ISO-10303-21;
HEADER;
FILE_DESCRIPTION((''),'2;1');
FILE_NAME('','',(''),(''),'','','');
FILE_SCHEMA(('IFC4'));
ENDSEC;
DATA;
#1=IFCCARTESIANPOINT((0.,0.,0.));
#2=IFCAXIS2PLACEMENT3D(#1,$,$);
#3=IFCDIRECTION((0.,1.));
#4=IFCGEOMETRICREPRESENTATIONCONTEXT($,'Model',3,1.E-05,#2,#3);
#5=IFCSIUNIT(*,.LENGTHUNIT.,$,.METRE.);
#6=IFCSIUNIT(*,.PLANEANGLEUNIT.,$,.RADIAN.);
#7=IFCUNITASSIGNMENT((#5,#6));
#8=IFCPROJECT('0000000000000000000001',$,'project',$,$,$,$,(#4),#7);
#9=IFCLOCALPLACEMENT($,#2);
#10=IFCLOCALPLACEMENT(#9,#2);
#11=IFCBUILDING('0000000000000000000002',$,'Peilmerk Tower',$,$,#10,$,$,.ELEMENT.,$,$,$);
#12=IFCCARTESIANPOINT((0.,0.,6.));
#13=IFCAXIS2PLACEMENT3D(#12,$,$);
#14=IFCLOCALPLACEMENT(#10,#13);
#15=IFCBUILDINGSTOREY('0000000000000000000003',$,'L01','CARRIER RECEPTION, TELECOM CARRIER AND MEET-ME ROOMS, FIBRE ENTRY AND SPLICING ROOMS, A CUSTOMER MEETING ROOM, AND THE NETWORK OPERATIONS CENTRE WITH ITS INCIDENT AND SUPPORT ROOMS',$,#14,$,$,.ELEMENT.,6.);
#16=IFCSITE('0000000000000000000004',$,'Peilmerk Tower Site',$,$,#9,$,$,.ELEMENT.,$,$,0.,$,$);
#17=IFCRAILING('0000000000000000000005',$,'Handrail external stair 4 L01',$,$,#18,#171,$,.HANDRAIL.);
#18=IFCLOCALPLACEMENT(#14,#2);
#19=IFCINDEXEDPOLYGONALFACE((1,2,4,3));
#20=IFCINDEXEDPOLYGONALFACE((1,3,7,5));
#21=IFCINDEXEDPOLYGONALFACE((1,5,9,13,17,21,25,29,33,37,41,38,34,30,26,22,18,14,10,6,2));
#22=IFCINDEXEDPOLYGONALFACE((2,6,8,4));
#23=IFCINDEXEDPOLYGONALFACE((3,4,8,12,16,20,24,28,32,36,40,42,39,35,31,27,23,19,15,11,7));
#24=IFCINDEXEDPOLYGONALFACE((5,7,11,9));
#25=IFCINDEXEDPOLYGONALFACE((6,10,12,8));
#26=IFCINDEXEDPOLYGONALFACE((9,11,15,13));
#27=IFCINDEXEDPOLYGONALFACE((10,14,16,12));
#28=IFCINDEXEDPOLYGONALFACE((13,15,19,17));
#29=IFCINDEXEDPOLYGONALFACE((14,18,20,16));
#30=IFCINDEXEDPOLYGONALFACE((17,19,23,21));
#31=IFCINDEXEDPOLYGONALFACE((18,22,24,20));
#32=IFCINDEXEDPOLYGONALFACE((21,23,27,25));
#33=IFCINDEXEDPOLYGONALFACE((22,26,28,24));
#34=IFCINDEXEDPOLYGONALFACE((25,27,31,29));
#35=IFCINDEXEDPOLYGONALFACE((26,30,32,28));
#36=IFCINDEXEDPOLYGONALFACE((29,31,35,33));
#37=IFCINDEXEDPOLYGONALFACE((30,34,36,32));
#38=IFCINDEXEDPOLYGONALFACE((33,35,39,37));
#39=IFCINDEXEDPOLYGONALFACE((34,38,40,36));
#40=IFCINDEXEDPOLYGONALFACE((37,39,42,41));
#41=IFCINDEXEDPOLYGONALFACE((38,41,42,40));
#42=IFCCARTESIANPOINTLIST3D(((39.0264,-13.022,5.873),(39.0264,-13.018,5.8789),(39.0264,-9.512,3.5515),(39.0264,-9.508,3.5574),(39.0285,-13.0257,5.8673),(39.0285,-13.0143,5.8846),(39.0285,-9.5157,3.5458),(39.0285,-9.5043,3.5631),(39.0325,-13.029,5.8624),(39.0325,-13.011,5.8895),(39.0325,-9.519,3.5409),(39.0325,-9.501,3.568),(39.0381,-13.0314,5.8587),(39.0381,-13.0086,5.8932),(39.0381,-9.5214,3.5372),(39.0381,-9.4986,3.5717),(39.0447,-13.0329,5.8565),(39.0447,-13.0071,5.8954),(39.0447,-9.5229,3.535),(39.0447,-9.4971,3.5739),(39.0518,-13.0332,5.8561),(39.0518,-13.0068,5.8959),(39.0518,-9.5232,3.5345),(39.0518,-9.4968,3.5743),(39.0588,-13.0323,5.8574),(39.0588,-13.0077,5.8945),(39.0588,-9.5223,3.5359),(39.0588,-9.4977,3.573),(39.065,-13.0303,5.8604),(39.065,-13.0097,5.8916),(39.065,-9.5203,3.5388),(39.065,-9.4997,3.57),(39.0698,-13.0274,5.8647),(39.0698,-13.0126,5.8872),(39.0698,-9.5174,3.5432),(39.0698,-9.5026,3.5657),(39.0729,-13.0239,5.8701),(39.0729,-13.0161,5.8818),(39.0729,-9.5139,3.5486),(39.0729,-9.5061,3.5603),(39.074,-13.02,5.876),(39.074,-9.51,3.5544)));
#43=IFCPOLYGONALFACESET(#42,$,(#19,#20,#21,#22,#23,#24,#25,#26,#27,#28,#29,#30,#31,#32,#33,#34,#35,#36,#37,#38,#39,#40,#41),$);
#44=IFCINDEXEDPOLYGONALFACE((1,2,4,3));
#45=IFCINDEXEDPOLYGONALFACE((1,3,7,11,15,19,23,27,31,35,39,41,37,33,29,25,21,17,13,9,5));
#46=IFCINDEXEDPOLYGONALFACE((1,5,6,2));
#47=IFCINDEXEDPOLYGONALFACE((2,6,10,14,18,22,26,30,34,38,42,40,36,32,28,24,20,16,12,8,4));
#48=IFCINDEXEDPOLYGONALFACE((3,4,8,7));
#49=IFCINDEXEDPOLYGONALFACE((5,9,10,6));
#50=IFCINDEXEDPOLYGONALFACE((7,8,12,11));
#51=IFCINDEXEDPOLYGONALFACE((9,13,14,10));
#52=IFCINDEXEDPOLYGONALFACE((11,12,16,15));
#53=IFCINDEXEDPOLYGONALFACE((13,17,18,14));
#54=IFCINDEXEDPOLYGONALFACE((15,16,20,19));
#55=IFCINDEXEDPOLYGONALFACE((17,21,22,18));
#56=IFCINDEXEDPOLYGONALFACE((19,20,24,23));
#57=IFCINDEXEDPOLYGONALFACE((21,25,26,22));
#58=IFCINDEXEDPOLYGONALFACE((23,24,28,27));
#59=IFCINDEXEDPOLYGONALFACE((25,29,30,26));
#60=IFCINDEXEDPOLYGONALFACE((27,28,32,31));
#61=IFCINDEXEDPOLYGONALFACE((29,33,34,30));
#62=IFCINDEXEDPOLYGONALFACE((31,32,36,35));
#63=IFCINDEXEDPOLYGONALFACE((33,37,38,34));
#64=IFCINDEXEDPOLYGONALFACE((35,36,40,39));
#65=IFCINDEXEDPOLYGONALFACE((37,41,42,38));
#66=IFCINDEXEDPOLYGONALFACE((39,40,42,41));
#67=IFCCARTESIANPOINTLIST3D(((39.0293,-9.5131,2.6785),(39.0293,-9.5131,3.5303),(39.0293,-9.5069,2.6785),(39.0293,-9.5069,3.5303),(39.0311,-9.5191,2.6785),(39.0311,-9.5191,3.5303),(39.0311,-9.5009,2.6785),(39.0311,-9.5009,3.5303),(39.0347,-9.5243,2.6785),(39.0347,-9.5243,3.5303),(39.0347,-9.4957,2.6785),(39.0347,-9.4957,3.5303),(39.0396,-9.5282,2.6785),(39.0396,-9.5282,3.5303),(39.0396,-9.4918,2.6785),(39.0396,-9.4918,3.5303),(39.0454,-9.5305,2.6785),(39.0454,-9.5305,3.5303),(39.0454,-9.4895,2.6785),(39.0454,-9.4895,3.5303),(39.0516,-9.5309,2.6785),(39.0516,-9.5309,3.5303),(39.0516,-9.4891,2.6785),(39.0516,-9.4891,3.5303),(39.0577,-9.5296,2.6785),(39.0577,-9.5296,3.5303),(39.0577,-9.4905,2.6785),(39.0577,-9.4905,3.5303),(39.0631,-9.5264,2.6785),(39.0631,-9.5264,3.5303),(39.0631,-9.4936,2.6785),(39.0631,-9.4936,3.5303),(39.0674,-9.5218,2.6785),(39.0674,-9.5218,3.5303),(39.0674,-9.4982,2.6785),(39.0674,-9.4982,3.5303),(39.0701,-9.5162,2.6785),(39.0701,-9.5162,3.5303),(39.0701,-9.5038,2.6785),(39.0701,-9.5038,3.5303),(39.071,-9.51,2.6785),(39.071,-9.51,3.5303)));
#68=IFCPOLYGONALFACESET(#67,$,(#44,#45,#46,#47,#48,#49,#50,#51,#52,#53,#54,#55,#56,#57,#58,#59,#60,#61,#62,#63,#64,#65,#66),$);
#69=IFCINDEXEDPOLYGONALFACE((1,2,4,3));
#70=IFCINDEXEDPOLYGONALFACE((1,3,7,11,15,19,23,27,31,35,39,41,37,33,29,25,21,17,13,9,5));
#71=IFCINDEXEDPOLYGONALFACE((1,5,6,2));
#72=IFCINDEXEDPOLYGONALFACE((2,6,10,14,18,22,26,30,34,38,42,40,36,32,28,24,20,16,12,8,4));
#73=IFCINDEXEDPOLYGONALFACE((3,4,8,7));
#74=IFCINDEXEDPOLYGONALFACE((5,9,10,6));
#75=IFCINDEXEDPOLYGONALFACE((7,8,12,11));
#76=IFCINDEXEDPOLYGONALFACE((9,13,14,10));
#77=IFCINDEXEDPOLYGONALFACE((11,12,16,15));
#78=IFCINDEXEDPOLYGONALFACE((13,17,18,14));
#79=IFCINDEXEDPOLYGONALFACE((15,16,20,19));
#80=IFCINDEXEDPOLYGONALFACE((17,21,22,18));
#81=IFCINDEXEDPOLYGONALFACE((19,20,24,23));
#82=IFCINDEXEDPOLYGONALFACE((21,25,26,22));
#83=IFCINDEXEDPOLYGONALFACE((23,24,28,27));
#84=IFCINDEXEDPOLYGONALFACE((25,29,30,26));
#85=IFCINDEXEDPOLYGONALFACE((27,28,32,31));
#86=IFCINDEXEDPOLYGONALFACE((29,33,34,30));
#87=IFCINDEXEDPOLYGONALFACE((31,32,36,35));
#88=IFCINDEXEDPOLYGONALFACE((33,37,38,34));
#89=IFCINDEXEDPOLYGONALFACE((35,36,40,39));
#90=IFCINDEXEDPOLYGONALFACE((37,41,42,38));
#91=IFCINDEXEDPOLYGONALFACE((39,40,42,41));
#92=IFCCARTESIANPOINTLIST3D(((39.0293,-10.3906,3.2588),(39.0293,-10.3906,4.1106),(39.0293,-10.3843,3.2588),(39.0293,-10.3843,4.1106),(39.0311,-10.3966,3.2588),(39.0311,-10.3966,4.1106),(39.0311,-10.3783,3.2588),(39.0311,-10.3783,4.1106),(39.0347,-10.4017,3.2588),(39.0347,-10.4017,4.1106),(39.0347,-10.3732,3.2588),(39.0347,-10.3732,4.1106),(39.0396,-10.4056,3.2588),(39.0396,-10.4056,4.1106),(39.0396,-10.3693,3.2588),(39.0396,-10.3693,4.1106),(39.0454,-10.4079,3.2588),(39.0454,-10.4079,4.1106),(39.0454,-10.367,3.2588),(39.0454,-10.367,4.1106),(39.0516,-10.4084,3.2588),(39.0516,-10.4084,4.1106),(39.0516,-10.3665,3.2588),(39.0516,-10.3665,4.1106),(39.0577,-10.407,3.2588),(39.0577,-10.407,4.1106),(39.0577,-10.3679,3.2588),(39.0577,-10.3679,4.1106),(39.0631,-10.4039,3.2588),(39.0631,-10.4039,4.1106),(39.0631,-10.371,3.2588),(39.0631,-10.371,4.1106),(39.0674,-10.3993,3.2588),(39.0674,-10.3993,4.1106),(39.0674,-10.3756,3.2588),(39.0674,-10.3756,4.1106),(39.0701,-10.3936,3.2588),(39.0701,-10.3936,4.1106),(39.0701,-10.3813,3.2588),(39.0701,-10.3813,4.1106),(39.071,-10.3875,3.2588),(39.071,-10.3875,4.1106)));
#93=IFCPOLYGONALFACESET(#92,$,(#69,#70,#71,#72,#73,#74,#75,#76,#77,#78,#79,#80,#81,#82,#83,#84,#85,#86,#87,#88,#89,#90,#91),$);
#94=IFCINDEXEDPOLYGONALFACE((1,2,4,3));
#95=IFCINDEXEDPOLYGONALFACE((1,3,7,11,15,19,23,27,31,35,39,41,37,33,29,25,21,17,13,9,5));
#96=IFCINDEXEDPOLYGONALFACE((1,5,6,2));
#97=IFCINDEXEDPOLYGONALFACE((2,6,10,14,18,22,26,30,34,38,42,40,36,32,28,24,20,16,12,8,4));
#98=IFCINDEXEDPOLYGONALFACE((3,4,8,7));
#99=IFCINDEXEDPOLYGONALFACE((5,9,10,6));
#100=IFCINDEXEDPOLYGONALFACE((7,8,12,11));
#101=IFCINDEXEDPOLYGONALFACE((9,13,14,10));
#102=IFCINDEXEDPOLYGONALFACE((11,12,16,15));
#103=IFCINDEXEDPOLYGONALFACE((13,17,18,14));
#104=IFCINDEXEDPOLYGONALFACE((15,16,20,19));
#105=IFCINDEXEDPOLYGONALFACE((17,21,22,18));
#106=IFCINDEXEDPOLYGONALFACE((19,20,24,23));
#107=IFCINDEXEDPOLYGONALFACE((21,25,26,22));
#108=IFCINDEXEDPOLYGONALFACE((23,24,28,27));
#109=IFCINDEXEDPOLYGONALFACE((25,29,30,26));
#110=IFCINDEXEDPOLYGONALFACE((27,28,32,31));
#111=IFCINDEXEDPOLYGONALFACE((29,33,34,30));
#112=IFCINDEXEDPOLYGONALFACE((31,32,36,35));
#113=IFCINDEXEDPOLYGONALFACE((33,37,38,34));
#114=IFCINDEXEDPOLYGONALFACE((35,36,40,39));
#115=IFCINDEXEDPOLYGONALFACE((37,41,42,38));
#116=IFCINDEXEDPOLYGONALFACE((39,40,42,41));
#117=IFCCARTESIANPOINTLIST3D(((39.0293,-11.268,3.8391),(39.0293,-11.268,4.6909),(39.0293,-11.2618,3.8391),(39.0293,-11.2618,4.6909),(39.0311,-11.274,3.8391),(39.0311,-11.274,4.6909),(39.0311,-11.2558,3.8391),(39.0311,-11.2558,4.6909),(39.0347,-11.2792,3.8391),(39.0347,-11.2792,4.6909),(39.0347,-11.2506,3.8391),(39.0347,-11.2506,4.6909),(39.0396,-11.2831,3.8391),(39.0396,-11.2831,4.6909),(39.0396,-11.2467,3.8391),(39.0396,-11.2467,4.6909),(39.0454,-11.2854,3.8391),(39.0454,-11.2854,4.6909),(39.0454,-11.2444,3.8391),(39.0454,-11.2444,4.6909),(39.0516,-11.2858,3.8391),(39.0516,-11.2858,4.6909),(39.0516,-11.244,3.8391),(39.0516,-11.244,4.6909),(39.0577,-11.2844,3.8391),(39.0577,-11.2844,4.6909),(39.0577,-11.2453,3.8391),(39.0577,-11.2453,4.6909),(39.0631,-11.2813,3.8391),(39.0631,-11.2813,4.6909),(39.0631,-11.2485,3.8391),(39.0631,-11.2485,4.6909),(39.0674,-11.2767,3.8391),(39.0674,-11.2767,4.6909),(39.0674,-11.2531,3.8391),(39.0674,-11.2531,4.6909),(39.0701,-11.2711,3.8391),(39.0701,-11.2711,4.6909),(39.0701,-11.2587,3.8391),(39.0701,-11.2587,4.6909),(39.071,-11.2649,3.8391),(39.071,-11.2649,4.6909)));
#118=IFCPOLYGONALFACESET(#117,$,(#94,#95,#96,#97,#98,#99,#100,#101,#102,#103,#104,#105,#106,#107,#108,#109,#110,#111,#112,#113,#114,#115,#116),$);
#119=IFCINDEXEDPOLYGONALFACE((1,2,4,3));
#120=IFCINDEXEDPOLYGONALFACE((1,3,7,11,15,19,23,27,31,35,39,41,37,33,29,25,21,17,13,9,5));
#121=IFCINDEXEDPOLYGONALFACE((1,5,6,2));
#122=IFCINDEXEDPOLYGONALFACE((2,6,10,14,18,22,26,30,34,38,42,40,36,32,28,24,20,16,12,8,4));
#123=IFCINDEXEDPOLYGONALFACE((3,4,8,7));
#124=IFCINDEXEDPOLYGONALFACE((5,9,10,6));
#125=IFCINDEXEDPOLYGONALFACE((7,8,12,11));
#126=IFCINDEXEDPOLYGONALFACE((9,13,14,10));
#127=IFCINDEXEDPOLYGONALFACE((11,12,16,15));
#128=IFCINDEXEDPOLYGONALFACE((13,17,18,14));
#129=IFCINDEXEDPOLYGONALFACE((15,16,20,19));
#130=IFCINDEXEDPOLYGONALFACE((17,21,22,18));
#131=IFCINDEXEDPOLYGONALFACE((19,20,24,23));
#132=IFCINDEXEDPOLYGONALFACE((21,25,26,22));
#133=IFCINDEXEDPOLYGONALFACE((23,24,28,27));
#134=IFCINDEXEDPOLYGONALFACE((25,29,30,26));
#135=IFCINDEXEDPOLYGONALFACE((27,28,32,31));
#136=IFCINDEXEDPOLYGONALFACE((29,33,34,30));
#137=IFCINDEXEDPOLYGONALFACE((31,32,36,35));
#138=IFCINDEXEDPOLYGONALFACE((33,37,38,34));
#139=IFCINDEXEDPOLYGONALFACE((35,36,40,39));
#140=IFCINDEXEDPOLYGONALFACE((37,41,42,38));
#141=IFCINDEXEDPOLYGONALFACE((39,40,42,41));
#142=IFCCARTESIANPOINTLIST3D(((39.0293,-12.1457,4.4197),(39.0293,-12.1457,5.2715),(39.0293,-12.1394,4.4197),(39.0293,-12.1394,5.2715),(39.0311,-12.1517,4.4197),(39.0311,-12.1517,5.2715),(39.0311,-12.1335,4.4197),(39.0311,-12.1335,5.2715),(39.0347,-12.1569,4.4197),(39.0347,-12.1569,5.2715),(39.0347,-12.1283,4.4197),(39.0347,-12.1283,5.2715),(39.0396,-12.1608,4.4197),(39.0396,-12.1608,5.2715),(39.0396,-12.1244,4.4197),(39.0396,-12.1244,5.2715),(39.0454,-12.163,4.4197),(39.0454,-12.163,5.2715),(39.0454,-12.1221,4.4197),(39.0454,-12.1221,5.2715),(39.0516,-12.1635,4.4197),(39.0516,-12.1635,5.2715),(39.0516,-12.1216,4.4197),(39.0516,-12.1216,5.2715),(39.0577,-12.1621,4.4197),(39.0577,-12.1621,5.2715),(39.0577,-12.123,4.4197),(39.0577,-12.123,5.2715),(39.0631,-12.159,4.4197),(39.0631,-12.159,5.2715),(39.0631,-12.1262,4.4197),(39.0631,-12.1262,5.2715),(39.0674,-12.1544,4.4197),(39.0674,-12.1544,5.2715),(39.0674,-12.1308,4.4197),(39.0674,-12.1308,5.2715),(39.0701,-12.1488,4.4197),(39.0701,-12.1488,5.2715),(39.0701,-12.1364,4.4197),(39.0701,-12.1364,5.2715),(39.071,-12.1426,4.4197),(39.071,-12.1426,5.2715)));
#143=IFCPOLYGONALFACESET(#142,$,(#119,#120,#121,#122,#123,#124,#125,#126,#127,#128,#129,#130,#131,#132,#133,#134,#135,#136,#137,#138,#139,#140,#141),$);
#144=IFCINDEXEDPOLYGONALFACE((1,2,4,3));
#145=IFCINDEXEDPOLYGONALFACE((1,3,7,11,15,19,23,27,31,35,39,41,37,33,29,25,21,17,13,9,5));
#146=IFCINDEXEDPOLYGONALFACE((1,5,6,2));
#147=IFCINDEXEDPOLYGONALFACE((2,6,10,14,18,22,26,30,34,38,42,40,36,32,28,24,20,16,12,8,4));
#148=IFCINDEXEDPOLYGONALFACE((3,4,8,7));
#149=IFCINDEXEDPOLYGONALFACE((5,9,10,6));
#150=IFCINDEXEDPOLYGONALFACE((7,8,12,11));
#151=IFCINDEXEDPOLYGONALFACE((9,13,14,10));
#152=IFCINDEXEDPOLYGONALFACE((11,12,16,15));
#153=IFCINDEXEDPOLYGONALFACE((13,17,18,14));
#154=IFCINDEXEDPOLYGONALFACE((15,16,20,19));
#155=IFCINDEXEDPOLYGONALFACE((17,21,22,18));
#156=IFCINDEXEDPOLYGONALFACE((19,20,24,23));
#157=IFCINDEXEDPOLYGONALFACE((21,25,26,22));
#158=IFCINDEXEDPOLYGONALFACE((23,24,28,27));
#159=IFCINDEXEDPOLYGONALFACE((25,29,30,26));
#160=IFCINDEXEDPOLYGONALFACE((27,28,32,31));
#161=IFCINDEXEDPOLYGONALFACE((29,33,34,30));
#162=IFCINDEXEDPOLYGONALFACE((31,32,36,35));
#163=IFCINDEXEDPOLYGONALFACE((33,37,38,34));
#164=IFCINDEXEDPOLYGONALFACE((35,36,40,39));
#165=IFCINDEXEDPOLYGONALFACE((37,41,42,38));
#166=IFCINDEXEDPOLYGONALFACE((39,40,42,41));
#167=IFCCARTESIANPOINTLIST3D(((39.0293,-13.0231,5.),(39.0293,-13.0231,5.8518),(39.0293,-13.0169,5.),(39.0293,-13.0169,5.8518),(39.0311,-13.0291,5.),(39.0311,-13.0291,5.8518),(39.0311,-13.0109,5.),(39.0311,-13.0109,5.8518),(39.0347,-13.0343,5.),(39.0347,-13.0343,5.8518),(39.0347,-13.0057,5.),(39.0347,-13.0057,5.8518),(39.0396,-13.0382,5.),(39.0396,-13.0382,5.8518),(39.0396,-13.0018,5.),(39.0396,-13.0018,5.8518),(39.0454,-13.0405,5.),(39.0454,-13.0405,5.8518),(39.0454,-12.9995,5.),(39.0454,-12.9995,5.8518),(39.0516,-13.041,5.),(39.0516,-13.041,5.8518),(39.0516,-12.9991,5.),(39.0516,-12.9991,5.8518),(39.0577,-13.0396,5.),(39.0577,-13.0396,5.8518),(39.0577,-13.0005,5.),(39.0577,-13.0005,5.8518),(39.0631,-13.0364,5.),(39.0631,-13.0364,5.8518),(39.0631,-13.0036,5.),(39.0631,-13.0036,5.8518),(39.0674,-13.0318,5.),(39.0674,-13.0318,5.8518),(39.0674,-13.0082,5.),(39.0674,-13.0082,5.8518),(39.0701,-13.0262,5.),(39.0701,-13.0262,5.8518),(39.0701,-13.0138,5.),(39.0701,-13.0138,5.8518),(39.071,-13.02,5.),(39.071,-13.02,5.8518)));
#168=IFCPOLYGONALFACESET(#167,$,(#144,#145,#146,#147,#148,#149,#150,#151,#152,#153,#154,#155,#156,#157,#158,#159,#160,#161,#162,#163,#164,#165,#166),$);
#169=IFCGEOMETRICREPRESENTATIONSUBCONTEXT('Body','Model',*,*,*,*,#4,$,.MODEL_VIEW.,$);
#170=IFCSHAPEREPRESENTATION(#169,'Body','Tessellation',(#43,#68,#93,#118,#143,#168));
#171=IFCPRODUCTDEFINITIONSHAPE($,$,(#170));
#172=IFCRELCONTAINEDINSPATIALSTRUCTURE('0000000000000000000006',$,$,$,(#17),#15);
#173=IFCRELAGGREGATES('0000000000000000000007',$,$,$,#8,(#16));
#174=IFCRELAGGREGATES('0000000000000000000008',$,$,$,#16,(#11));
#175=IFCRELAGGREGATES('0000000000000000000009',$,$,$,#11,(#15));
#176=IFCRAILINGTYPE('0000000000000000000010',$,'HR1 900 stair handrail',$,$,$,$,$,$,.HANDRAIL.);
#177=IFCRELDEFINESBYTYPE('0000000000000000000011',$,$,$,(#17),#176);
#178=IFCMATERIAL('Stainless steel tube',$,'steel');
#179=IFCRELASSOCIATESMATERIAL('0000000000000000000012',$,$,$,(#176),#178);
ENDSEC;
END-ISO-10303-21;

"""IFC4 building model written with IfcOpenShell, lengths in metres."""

from ifc_helpers import new_model, si_unit, direction, frame, origin, origin_2d, place, context, subcontext, project, spatial, circle, extrude, material, type_object, element, save


model = new_model("IFC4")

# Units and contexts
model_context = context("Model", 3, precision=1e-05, world=origin(), true_north=direction((0.0, 1.0)))
body_context = subcontext(model_context, "Body", "Model", "MODEL_VIEW")
ifc_project = project(units=[si_unit("LENGTHUNIT", "METRE"), si_unit("PLANEANGLEUNIT", "RADIAN")], contexts=[model_context])

# Site, building, storey
site_placement = place(None, origin())
site = spatial("IfcSite", under=ifc_project, at=site_placement, Name="Peilmerk Tower Site", CompositionType="ELEMENT", RefElevation=0.0)
building_placement = place(site_placement, origin())
building = spatial("IfcBuilding", under=site, at=building_placement, Name="Peilmerk Tower", CompositionType="ELEMENT")
storey_placement = place(building_placement, frame((0.0, 0.0, 6.0)))
storey = spatial("IfcBuildingStorey", under=building, at=storey_placement, Name="L01", Description="CARRIER RECEPTION, TELECOM CARRIER AND MEET-ME ROOMS, FIBRE ENTRY AND SPLICING ROOMS, A CUSTOMER MEETING ROOM, AND THE NETWORK OPERATIONS CENTRE WITH ITS INCIDENT AND SUPPORT ROOMS", CompositionType="ELEMENT", Elevation=6.0)

# Railing
ifc_material_1 = material(Name="Stainless steel tube", Category="steel")
railing_type_1 = type_object("IfcRailingType", Name="HR1 900 stair handrail", PredefinedType="HANDRAIL", material=ifc_material_1)
for number, where, name in (
    (1, (39.05, -9.51, 2.6785), "Handrail external stair 4 L01"),
):
    element("IfcRailing", number, at=place(storey_placement, frame(where)), inside=storey, type_object=railing_type_1, Name=name, PredefinedType="HANDRAIL", context=body_context, shape_type="SweptSolid", body=[
        extrude(circle(Radius=0.0239, at=origin_2d()), frame((0.0, 0.0, 0.876), z_axis=(0.0, -0.834071, 0.551657), x_axis=(1.0, 0.0, 0.0)), (0.0, 0.0, 1.0), 4.2083),
        extrude(circle(Radius=0.021, at=origin_2d()), origin(), (0.0, 0.0, 1.0), 0.8518),
        extrude(circle(Radius=0.021, at=origin_2d()), frame((0.0, -0.8774, 0.5803)), (0.0, 0.0, 1.0), 0.8518),
        extrude(circle(Radius=0.021, at=origin_2d()), frame((0.0, -1.7549, 1.1606)), (0.0, 0.0, 1.0), 0.8518),
        extrude(circle(Radius=0.021, at=origin_2d()), frame((0.0, -2.6326, 1.7412)), (0.0, 0.0, 1.0), 0.8518),
        extrude(circle(Radius=0.021, at=origin_2d()), frame((0.0, -3.51, 2.3215)), (0.0, 0.0, 1.0), 0.8518),
    ])

save(model, "model.ifc")
